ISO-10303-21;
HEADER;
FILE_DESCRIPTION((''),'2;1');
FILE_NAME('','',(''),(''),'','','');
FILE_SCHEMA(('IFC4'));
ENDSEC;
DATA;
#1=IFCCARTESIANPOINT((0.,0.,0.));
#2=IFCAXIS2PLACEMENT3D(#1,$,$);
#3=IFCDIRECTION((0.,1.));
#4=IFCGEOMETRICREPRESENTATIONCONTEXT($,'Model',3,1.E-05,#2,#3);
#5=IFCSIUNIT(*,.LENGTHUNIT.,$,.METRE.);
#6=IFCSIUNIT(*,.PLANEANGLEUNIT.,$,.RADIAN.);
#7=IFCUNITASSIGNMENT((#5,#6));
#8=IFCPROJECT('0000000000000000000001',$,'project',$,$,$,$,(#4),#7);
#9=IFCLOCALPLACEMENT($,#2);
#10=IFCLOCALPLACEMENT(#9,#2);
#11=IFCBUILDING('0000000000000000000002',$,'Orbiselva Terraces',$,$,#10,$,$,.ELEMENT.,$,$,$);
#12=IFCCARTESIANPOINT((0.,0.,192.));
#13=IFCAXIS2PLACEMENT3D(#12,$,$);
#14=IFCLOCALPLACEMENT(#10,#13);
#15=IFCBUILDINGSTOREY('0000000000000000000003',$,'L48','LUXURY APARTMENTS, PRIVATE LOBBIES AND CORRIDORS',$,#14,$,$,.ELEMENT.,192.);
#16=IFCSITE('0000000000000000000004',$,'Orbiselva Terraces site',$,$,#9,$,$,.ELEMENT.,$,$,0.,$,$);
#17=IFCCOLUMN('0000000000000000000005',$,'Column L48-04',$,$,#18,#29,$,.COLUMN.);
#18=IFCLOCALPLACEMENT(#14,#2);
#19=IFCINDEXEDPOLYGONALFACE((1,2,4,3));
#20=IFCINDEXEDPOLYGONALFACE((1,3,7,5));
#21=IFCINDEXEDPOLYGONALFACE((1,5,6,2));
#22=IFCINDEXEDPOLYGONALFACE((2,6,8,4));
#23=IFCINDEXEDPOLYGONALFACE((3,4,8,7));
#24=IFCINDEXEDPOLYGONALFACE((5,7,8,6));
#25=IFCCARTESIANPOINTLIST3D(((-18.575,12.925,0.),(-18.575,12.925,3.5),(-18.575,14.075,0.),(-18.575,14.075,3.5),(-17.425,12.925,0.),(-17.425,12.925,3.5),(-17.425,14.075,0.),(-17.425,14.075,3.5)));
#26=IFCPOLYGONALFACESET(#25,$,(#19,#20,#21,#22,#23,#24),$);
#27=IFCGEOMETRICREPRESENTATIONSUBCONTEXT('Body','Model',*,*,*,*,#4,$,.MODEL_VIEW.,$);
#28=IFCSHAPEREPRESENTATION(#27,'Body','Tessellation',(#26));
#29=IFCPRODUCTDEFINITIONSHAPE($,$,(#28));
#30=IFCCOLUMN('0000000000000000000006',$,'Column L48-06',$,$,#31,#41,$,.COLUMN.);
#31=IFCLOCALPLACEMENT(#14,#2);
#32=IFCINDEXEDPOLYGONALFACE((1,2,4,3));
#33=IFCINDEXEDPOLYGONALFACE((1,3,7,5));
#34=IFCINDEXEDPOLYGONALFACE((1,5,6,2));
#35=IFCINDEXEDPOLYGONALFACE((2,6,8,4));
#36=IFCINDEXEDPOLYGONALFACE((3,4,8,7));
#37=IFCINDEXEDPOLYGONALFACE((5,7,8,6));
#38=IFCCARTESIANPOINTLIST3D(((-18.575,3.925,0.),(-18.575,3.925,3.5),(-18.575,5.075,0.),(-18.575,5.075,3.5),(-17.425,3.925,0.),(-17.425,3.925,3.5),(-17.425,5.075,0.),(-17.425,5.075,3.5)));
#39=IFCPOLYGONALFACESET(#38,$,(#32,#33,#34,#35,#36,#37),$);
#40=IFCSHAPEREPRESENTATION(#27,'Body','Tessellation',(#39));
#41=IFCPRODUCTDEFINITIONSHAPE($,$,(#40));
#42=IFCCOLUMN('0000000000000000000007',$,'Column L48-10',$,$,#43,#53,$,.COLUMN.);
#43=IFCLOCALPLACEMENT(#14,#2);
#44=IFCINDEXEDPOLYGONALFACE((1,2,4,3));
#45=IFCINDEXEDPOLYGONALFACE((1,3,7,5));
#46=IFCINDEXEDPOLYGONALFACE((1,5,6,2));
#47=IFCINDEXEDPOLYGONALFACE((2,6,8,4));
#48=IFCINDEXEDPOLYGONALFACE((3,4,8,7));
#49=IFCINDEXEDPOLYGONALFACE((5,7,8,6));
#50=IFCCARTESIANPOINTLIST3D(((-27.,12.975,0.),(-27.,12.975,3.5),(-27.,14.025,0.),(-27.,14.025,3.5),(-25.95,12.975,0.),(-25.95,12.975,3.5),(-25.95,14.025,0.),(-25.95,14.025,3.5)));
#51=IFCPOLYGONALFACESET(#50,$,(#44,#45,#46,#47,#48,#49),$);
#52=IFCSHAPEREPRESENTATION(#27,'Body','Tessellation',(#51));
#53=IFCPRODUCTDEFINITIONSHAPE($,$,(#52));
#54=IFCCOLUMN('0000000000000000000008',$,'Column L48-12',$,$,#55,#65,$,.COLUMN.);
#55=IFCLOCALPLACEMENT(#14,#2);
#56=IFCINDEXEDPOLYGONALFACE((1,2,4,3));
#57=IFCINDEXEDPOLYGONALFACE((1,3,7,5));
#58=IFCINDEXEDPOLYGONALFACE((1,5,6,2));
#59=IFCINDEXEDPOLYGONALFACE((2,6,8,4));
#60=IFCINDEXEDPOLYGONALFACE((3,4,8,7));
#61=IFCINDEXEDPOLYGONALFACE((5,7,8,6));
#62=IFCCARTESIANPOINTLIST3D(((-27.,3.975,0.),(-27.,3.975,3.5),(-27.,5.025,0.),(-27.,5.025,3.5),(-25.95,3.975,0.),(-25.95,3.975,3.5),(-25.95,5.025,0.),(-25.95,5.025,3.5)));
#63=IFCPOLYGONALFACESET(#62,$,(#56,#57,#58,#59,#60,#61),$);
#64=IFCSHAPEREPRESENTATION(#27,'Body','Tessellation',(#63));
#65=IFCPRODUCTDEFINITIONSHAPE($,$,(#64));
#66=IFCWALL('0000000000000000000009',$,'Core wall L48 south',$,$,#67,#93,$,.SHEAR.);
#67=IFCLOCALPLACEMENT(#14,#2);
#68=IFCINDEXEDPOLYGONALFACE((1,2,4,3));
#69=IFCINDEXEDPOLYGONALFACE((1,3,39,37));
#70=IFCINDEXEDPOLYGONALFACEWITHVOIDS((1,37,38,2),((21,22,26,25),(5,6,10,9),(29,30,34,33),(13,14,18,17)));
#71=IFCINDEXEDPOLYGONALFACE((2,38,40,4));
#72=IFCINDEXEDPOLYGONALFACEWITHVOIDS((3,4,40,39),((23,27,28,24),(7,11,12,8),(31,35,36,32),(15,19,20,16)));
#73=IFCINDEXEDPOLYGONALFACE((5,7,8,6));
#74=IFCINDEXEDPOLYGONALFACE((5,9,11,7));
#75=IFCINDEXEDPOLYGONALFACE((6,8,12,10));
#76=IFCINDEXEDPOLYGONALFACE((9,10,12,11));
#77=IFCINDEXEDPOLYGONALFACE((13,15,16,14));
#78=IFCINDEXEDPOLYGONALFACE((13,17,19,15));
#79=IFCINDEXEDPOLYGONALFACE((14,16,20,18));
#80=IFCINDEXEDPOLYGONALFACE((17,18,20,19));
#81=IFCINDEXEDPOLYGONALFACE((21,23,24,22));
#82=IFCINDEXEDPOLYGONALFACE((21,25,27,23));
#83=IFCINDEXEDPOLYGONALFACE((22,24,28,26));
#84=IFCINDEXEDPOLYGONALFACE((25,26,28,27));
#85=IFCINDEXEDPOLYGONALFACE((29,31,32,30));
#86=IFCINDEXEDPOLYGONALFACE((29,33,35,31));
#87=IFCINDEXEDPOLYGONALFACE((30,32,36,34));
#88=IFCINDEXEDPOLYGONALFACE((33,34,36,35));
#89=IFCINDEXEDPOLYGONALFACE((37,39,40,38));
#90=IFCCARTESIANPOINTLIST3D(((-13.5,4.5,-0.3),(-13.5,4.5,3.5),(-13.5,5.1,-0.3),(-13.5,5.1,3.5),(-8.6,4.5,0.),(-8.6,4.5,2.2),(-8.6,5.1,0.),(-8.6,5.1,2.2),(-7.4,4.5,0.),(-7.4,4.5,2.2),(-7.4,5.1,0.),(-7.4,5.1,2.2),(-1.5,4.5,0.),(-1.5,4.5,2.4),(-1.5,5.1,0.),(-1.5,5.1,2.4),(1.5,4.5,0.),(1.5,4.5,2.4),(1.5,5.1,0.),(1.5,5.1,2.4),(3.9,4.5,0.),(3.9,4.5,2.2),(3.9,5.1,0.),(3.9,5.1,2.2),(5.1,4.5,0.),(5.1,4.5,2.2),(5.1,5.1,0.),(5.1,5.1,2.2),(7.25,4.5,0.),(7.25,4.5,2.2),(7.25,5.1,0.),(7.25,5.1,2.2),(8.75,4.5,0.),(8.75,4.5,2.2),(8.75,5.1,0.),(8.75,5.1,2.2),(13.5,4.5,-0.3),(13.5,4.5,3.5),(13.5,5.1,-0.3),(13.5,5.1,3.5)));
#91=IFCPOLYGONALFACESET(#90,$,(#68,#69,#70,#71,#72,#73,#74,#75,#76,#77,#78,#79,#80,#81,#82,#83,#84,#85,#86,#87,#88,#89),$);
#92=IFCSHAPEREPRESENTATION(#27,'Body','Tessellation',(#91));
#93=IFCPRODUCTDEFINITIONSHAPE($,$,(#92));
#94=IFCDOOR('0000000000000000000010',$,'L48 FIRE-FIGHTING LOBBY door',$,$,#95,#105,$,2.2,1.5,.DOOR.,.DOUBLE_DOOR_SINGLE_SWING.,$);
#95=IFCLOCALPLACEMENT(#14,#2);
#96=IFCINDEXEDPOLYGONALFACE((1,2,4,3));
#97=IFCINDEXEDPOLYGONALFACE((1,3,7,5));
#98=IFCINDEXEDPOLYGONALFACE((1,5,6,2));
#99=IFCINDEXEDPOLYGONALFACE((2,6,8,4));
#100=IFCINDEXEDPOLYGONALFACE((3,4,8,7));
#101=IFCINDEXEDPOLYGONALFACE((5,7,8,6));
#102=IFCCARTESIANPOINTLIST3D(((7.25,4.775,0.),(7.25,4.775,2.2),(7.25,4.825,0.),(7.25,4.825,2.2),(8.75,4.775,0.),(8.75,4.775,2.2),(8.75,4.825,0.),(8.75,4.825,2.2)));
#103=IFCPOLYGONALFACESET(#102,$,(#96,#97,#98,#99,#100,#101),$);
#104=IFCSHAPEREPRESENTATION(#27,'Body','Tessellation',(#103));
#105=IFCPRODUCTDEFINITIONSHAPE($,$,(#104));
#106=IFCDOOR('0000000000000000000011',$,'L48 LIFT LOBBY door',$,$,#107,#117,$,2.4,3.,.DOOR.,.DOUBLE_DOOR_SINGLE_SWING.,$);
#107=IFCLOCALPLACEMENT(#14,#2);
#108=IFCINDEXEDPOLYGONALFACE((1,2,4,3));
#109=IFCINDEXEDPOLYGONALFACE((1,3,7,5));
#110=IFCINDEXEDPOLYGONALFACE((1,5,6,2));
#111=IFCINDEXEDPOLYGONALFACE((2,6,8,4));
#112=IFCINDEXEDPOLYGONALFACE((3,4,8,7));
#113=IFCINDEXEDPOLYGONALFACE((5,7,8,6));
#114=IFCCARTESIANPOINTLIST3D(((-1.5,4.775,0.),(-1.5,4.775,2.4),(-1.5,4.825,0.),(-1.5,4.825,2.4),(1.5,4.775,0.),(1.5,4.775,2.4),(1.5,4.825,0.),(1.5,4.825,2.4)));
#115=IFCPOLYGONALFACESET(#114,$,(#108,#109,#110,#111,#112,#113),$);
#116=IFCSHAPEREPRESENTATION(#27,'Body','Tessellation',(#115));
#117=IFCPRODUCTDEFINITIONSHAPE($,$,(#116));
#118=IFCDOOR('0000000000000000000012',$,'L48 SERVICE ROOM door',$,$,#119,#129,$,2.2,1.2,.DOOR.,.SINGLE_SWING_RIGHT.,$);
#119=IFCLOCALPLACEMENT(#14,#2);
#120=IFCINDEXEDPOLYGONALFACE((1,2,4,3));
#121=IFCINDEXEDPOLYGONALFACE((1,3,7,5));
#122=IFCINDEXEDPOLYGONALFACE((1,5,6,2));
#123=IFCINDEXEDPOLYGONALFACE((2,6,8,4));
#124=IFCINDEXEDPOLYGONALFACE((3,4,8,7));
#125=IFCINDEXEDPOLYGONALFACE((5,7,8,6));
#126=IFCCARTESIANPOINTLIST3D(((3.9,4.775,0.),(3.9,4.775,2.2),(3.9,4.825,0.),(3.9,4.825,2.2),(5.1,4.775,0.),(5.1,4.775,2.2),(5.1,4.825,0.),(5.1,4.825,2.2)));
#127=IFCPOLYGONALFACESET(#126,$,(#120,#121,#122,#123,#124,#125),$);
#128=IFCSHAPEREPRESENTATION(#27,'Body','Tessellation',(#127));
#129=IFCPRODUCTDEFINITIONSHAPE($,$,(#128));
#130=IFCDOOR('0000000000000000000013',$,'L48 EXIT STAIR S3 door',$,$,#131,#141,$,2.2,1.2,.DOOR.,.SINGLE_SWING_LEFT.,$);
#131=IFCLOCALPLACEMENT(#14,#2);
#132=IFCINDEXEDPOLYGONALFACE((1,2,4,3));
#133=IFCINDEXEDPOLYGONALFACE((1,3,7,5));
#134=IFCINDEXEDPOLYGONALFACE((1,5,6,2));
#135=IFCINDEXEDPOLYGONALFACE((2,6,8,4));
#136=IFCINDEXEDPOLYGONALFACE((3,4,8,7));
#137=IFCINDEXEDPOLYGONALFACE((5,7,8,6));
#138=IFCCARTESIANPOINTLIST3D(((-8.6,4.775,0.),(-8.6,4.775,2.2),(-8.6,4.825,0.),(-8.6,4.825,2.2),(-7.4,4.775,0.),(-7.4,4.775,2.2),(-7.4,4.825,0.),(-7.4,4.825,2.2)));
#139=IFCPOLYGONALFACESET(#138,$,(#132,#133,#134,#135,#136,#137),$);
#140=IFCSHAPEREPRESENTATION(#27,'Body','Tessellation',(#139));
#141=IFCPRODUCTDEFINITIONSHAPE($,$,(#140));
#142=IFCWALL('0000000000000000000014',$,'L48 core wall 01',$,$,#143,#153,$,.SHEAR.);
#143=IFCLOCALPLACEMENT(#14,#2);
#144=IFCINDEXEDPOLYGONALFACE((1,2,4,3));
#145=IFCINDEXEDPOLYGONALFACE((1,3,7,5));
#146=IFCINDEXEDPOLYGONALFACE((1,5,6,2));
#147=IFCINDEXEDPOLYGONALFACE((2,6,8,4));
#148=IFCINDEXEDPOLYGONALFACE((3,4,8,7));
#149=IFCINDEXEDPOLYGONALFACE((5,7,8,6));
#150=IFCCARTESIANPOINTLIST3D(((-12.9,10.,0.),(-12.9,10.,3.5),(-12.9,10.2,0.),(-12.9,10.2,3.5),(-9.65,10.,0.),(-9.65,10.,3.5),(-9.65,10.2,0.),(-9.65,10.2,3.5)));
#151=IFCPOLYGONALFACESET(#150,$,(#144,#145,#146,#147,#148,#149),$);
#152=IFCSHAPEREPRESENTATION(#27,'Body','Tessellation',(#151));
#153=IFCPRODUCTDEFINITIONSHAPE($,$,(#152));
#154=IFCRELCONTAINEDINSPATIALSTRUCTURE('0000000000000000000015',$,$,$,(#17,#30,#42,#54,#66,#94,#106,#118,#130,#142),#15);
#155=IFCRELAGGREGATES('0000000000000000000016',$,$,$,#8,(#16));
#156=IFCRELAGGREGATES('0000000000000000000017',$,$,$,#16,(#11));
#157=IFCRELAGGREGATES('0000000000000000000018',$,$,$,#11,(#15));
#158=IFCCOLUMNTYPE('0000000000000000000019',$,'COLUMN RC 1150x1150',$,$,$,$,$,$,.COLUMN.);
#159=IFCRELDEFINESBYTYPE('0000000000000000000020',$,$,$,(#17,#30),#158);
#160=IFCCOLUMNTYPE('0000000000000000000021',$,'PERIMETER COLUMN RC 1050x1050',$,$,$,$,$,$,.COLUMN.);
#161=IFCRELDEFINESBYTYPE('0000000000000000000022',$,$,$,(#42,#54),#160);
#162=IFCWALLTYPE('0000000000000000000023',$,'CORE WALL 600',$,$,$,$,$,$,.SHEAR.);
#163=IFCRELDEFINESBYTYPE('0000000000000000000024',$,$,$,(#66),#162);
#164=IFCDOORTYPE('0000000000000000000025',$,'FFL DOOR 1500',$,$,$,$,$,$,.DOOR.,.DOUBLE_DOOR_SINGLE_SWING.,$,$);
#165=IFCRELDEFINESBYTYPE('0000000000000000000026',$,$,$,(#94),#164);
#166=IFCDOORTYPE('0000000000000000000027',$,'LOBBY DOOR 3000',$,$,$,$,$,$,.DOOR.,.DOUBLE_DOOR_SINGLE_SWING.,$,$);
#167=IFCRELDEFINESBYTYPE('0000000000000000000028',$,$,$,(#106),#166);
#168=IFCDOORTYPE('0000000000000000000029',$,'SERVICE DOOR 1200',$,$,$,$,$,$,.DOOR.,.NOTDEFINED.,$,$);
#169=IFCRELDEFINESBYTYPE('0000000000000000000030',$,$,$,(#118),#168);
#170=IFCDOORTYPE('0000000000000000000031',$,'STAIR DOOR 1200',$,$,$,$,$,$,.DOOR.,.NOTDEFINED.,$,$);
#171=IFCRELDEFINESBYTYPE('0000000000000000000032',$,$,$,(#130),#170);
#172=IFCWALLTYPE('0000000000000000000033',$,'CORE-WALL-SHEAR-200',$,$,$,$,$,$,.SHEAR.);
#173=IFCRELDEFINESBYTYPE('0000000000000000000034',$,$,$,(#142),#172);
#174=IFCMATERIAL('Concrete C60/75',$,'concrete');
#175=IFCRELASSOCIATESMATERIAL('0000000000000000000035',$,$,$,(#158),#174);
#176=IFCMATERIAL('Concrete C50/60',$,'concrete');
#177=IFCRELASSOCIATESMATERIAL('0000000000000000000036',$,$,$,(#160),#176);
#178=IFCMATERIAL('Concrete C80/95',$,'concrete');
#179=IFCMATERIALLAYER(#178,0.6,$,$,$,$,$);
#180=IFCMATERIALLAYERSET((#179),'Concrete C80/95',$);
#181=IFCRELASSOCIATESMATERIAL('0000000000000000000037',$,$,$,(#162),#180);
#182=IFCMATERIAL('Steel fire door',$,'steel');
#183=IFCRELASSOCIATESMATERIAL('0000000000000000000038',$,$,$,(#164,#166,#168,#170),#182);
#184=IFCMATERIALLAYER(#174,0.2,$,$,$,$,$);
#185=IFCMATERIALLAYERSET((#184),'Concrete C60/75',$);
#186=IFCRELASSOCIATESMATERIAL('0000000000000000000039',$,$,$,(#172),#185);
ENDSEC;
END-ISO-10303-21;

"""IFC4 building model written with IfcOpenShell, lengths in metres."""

from ifc_helpers import new_model, si_unit, direction, frame, frame_2d, origin, origin_2d, place, context, subcontext, project, spatial, rectangle, extrude, material, layer, layer_set, material_profile, profile_set, type_object, element, fill, save


model = new_model("IFC4")

# Units and contexts
model_context = context("Model", 3, precision=1e-05, world=origin(), true_north=direction((0.0, 1.0)))
body_context = subcontext(model_context, "Body", "Model", "MODEL_VIEW")
ifc_project = project(units=[si_unit("LENGTHUNIT", "METRE"), si_unit("PLANEANGLEUNIT", "RADIAN")], contexts=[model_context])

# Site, building, storey
site_placement = place(None, origin())
site = spatial("IfcSite", under=ifc_project, at=site_placement, Name="Orbiselva Terraces site", CompositionType="ELEMENT", RefElevation=0.0)
building_placement = place(site_placement, origin())
building = spatial("IfcBuilding", under=site, at=building_placement, Name="Orbiselva Terraces", CompositionType="ELEMENT")
storey_placement = place(building_placement, frame((0.0, 0.0, 192.0)))
storey = spatial("IfcBuildingStorey", under=building, at=storey_placement, Name="L48", Description="LUXURY APARTMENTS, PRIVATE LOBBIES AND CORRIDORS", CompositionType="ELEMENT", Elevation=192.0)

# Columns
ifc_material_1 = material(Name="Concrete C60/75", Category="concrete")
ifc_material_profile_1 = material_profile(ifc_material_1, rectangle(XDim=1.15, YDim=1.15, at=origin_2d()), Name="RC 1150x1150")
ifc_profile_set_1 = profile_set([ifc_material_profile_1], Name="Concrete C60/75")
column_type_1 = type_object("IfcColumnType", Name="COLUMN RC 1150x1150", PredefinedType="COLUMN", material=ifc_profile_set_1)
for number, where, z_axis, x_axis, name in (
    (1, (-18.0, 13.5, 0.0), (0.0, 0.0, 1.0), (1.0, 0.0, 0.0), "Column L48-04"),
    (2, (-18.0, 4.5, 0.0), (0.0, 0.0, 1.0), (1.0, 0.0, 0.0), "Column L48-06"),
):
    element("IfcColumn", number, at=place(storey_placement, frame(where, z_axis=z_axis, x_axis=x_axis)), inside=storey, type_object=column_type_1, Name=name, PredefinedType="COLUMN", context=body_context, shape_type="SweptSolid", body=[
        extrude(rectangle(XDim=1.15, YDim=1.15, at=origin_2d()), origin(), (0.0, 0.0, 1.0), 3.5),
    ])
ifc_material_2 = material(Name="Concrete C50/60", Category="concrete")
ifc_material_profile_2 = material_profile(ifc_material_2, rectangle(XDim=1.05, YDim=1.05, at=origin_2d()), Name="RC 1050x1050")
ifc_profile_set_2 = profile_set([ifc_material_profile_2], Name="Concrete C50/60")
column_type_2 = type_object("IfcColumnType", Name="PERIMETER COLUMN RC 1050x1050", PredefinedType="COLUMN", material=ifc_profile_set_2)
for number, where, z_axis, x_axis, name in (
    (3, (-26.475, 13.5, 0.0), (0.0, 0.0, 1.0), (1.0, 0.0, 0.0), "Column L48-10"),
    (4, (-26.475, 4.5, 0.0), (0.0, 0.0, 1.0), (1.0, 0.0, 0.0), "Column L48-12"),
):
    element("IfcColumn", number, at=place(storey_placement, frame(where, z_axis=z_axis, x_axis=x_axis)), inside=storey, type_object=column_type_2, Name=name, PredefinedType="COLUMN", context=body_context, shape_type="SweptSolid", body=[
        extrude(rectangle(XDim=1.05, YDim=1.05, at=origin_2d()), origin(), (0.0, 0.0, 1.0), 3.5),
    ])

# Wall, openings, doors
ifc_material_3 = material(Name="Concrete C80/95", Category="concrete")
ifc_layer_1 = layer(ifc_material_3, 0.6)
ifc_layer_set_1 = layer_set([ifc_layer_1], Name="Concrete C80/95")
wall_type_1 = type_object("IfcWallType", Name="CORE WALL 600", PredefinedType="SHEAR", material=ifc_layer_set_1)
wall_1_placement = place(storey_placement, frame((-13.5, 4.8, -0.3), z_axis=(0.0, 0.0, 1.0), x_axis=(1.0, 0.0, 0.0)))
wall_1 = element("IfcWall", 5, at=wall_1_placement, inside=storey, type_object=wall_type_1, Name="Core wall L48 south", PredefinedType="SHEAR", context=body_context, shape_type="SweptSolid", body=[
    extrude(rectangle(XDim=27.0, YDim=0.6, at=frame_2d((13.5, 0.0))), origin(), (0.0, 0.0, 1.0), 3.8),
])
opening_1_placement = place(wall_1_placement, frame((12.0, 0.0, 0.3)))
opening_1 = element("IfcOpeningElement", 6, at=opening_1_placement, cuts=wall_1, PredefinedType="OPENING", context=body_context, shape_type="SweptSolid", body=[
    extrude(rectangle(XDim=3.0, YDim=2.4, at=frame_2d((1.5, 1.2))), frame((0.0, 0.31, 0.0), z_axis=(0.0, -1.0, 0.0), x_axis=(1.0, 0.0, 0.0)), (0.0, 0.0, 1.0), 0.62),
])
opening_2_placement = place(wall_1_placement, frame((4.9, 0.0, 0.3)))
opening_2 = element("IfcOpeningElement", 7, at=opening_2_placement, cuts=wall_1, PredefinedType="OPENING", context=body_context, shape_type="SweptSolid", body=[
    extrude(rectangle(XDim=1.2, YDim=2.2, at=frame_2d((0.6, 1.1))), frame((0.0, 0.31, 0.0), z_axis=(0.0, -1.0, 0.0), x_axis=(1.0, 0.0, 0.0)), (0.0, 0.0, 1.0), 0.62),
])
opening_3_placement = place(wall_1_placement, frame((20.75, 0.0, 0.3)))
opening_3 = element("IfcOpeningElement", 8, at=opening_3_placement, cuts=wall_1, PredefinedType="OPENING", context=body_context, shape_type="SweptSolid", body=[
    extrude(rectangle(XDim=1.5, YDim=2.2, at=frame_2d((0.75, 1.1))), frame((0.0, 0.31, 0.0), z_axis=(0.0, -1.0, 0.0), x_axis=(1.0, 0.0, 0.0)), (0.0, 0.0, 1.0), 0.62),
])
opening_4_placement = place(wall_1_placement, frame((17.4, 0.0, 0.3)))
opening_4 = element("IfcOpeningElement", 9, at=opening_4_placement, cuts=wall_1, PredefinedType="OPENING", context=body_context, shape_type="SweptSolid", body=[
    extrude(rectangle(XDim=1.2, YDim=2.2, at=frame_2d((0.6, 1.1))), frame((0.0, 0.31, 0.0), z_axis=(0.0, -1.0, 0.0), x_axis=(1.0, 0.0, 0.0)), (0.0, 0.0, 1.0), 0.62),
])
ifc_material_4 = material(Name="Steel fire door", Category="steel")
door_type_1 = type_object("IfcDoorType", Name="FFL DOOR 1500", OperationType="DOUBLE_DOOR_SINGLE_SWING", PredefinedType="DOOR", material=ifc_material_4)
door_1_placement = place(opening_3_placement, frame((1.5, 0.0, 0.0), z_axis=(0.0, 0.0, 1.0), x_axis=(-1.0, 0.0, 0.0)))
door_1 = element("IfcDoor", 10, at=door_1_placement, inside=storey, type_object=door_type_1, Name="L48 FIRE-FIGHTING LOBBY door", OperationType="DOUBLE_DOOR_SINGLE_SWING", OverallHeight=2.2, OverallWidth=1.5, PredefinedType="DOOR", context=body_context, shape_type="SweptSolid", body=[
    extrude(rectangle(XDim=1.5, YDim=2.2, at=frame_2d((0.75, 1.1))), frame((0.0, 0.025, 0.0), z_axis=(0.0, -1.0, 0.0), x_axis=(1.0, 0.0, 0.0)), (0.0, 0.0, 1.0), 0.05),
])
fill(opening_3, door_1)
door_type_2 = type_object("IfcDoorType", Name="LOBBY DOOR 3000", OperationType="DOUBLE_DOOR_SINGLE_SWING", PredefinedType="DOOR", material=ifc_material_4)
door_2_placement = place(opening_1_placement, frame((3.0, 0.0, 0.0), z_axis=(0.0, 0.0, 1.0), x_axis=(-1.0, 0.0, 0.0)))
door_2 = element("IfcDoor", 11, at=door_2_placement, inside=storey, type_object=door_type_2, Name="L48 LIFT LOBBY door", OperationType="DOUBLE_DOOR_SINGLE_SWING", OverallHeight=2.4, OverallWidth=3.0, PredefinedType="DOOR", context=body_context, shape_type="SweptSolid", body=[
    extrude(rectangle(XDim=3.0, YDim=2.4, at=frame_2d((1.5, 1.2))), frame((0.0, 0.025, 0.0), z_axis=(0.0, -1.0, 0.0), x_axis=(1.0, 0.0, 0.0)), (0.0, 0.0, 1.0), 0.05),
])
fill(opening_1, door_2)
door_type_3 = type_object("IfcDoorType", Name="SERVICE DOOR 1200", OperationType="NOTDEFINED", PredefinedType="DOOR", material=ifc_material_4)
door_3_placement = place(opening_4_placement, frame((1.2, 0.0, 0.0), z_axis=(0.0, 0.0, 1.0), x_axis=(-1.0, 0.0, 0.0)))
door_3 = element("IfcDoor", 12, at=door_3_placement, inside=storey, type_object=door_type_3, Name="L48 SERVICE ROOM door", OperationType="SINGLE_SWING_RIGHT", OverallHeight=2.2, OverallWidth=1.2, PredefinedType="DOOR", context=body_context, shape_type="SweptSolid", body=[
    extrude(rectangle(XDim=1.2, YDim=2.2, at=frame_2d((0.6, 1.1))), frame((0.0, 0.025, 0.0), z_axis=(0.0, -1.0, 0.0), x_axis=(1.0, 0.0, 0.0)), (0.0, 0.0, 1.0), 0.05),
])
fill(opening_4, door_3)
door_type_4 = type_object("IfcDoorType", Name="STAIR DOOR 1200", OperationType="NOTDEFINED", PredefinedType="DOOR", material=ifc_material_4)
door_4_placement = place(opening_2_placement, frame((1.2, 0.0, 0.0), z_axis=(0.0, 0.0, 1.0), x_axis=(-1.0, 0.0, 0.0)))
door_4 = element("IfcDoor", 13, at=door_4_placement, inside=storey, type_object=door_type_4, Name="L48 EXIT STAIR S3 door", OperationType="SINGLE_SWING_LEFT", OverallHeight=2.2, OverallWidth=1.2, PredefinedType="DOOR", context=body_context, shape_type="SweptSolid", body=[
    extrude(rectangle(XDim=1.2, YDim=2.2, at=frame_2d((0.6, 1.1))), frame((0.0, 0.025, 0.0), z_axis=(0.0, -1.0, 0.0), x_axis=(1.0, 0.0, 0.0)), (0.0, 0.0, 1.0), 0.05),
])
fill(opening_2, door_4)

# Wall
ifc_layer_2 = layer(ifc_material_1, 0.2)
ifc_layer_set_2 = layer_set([ifc_layer_2], Name="Concrete C60/75")
wall_type_2 = type_object("IfcWallType", Name="CORE-WALL-SHEAR-200", PredefinedType="SHEAR", material=ifc_layer_set_2)
wall_2_placement = place(storey_placement, frame((-12.9, 10.1, 0.0), z_axis=(0.0, 0.0, 1.0), x_axis=(1.0, 0.0, 0.0)))
element("IfcWall", 14, at=wall_2_placement, inside=storey, type_object=wall_type_2, Name="L48 core wall 01", PredefinedType="SHEAR", context=body_context, shape_type="SweptSolid", body=[
    extrude(rectangle(XDim=3.25, YDim=0.2, at=frame_2d((1.625, 0.0))), origin(), (0.0, 0.0, 1.0), 3.5),
])

save(model, "model.ifc")
